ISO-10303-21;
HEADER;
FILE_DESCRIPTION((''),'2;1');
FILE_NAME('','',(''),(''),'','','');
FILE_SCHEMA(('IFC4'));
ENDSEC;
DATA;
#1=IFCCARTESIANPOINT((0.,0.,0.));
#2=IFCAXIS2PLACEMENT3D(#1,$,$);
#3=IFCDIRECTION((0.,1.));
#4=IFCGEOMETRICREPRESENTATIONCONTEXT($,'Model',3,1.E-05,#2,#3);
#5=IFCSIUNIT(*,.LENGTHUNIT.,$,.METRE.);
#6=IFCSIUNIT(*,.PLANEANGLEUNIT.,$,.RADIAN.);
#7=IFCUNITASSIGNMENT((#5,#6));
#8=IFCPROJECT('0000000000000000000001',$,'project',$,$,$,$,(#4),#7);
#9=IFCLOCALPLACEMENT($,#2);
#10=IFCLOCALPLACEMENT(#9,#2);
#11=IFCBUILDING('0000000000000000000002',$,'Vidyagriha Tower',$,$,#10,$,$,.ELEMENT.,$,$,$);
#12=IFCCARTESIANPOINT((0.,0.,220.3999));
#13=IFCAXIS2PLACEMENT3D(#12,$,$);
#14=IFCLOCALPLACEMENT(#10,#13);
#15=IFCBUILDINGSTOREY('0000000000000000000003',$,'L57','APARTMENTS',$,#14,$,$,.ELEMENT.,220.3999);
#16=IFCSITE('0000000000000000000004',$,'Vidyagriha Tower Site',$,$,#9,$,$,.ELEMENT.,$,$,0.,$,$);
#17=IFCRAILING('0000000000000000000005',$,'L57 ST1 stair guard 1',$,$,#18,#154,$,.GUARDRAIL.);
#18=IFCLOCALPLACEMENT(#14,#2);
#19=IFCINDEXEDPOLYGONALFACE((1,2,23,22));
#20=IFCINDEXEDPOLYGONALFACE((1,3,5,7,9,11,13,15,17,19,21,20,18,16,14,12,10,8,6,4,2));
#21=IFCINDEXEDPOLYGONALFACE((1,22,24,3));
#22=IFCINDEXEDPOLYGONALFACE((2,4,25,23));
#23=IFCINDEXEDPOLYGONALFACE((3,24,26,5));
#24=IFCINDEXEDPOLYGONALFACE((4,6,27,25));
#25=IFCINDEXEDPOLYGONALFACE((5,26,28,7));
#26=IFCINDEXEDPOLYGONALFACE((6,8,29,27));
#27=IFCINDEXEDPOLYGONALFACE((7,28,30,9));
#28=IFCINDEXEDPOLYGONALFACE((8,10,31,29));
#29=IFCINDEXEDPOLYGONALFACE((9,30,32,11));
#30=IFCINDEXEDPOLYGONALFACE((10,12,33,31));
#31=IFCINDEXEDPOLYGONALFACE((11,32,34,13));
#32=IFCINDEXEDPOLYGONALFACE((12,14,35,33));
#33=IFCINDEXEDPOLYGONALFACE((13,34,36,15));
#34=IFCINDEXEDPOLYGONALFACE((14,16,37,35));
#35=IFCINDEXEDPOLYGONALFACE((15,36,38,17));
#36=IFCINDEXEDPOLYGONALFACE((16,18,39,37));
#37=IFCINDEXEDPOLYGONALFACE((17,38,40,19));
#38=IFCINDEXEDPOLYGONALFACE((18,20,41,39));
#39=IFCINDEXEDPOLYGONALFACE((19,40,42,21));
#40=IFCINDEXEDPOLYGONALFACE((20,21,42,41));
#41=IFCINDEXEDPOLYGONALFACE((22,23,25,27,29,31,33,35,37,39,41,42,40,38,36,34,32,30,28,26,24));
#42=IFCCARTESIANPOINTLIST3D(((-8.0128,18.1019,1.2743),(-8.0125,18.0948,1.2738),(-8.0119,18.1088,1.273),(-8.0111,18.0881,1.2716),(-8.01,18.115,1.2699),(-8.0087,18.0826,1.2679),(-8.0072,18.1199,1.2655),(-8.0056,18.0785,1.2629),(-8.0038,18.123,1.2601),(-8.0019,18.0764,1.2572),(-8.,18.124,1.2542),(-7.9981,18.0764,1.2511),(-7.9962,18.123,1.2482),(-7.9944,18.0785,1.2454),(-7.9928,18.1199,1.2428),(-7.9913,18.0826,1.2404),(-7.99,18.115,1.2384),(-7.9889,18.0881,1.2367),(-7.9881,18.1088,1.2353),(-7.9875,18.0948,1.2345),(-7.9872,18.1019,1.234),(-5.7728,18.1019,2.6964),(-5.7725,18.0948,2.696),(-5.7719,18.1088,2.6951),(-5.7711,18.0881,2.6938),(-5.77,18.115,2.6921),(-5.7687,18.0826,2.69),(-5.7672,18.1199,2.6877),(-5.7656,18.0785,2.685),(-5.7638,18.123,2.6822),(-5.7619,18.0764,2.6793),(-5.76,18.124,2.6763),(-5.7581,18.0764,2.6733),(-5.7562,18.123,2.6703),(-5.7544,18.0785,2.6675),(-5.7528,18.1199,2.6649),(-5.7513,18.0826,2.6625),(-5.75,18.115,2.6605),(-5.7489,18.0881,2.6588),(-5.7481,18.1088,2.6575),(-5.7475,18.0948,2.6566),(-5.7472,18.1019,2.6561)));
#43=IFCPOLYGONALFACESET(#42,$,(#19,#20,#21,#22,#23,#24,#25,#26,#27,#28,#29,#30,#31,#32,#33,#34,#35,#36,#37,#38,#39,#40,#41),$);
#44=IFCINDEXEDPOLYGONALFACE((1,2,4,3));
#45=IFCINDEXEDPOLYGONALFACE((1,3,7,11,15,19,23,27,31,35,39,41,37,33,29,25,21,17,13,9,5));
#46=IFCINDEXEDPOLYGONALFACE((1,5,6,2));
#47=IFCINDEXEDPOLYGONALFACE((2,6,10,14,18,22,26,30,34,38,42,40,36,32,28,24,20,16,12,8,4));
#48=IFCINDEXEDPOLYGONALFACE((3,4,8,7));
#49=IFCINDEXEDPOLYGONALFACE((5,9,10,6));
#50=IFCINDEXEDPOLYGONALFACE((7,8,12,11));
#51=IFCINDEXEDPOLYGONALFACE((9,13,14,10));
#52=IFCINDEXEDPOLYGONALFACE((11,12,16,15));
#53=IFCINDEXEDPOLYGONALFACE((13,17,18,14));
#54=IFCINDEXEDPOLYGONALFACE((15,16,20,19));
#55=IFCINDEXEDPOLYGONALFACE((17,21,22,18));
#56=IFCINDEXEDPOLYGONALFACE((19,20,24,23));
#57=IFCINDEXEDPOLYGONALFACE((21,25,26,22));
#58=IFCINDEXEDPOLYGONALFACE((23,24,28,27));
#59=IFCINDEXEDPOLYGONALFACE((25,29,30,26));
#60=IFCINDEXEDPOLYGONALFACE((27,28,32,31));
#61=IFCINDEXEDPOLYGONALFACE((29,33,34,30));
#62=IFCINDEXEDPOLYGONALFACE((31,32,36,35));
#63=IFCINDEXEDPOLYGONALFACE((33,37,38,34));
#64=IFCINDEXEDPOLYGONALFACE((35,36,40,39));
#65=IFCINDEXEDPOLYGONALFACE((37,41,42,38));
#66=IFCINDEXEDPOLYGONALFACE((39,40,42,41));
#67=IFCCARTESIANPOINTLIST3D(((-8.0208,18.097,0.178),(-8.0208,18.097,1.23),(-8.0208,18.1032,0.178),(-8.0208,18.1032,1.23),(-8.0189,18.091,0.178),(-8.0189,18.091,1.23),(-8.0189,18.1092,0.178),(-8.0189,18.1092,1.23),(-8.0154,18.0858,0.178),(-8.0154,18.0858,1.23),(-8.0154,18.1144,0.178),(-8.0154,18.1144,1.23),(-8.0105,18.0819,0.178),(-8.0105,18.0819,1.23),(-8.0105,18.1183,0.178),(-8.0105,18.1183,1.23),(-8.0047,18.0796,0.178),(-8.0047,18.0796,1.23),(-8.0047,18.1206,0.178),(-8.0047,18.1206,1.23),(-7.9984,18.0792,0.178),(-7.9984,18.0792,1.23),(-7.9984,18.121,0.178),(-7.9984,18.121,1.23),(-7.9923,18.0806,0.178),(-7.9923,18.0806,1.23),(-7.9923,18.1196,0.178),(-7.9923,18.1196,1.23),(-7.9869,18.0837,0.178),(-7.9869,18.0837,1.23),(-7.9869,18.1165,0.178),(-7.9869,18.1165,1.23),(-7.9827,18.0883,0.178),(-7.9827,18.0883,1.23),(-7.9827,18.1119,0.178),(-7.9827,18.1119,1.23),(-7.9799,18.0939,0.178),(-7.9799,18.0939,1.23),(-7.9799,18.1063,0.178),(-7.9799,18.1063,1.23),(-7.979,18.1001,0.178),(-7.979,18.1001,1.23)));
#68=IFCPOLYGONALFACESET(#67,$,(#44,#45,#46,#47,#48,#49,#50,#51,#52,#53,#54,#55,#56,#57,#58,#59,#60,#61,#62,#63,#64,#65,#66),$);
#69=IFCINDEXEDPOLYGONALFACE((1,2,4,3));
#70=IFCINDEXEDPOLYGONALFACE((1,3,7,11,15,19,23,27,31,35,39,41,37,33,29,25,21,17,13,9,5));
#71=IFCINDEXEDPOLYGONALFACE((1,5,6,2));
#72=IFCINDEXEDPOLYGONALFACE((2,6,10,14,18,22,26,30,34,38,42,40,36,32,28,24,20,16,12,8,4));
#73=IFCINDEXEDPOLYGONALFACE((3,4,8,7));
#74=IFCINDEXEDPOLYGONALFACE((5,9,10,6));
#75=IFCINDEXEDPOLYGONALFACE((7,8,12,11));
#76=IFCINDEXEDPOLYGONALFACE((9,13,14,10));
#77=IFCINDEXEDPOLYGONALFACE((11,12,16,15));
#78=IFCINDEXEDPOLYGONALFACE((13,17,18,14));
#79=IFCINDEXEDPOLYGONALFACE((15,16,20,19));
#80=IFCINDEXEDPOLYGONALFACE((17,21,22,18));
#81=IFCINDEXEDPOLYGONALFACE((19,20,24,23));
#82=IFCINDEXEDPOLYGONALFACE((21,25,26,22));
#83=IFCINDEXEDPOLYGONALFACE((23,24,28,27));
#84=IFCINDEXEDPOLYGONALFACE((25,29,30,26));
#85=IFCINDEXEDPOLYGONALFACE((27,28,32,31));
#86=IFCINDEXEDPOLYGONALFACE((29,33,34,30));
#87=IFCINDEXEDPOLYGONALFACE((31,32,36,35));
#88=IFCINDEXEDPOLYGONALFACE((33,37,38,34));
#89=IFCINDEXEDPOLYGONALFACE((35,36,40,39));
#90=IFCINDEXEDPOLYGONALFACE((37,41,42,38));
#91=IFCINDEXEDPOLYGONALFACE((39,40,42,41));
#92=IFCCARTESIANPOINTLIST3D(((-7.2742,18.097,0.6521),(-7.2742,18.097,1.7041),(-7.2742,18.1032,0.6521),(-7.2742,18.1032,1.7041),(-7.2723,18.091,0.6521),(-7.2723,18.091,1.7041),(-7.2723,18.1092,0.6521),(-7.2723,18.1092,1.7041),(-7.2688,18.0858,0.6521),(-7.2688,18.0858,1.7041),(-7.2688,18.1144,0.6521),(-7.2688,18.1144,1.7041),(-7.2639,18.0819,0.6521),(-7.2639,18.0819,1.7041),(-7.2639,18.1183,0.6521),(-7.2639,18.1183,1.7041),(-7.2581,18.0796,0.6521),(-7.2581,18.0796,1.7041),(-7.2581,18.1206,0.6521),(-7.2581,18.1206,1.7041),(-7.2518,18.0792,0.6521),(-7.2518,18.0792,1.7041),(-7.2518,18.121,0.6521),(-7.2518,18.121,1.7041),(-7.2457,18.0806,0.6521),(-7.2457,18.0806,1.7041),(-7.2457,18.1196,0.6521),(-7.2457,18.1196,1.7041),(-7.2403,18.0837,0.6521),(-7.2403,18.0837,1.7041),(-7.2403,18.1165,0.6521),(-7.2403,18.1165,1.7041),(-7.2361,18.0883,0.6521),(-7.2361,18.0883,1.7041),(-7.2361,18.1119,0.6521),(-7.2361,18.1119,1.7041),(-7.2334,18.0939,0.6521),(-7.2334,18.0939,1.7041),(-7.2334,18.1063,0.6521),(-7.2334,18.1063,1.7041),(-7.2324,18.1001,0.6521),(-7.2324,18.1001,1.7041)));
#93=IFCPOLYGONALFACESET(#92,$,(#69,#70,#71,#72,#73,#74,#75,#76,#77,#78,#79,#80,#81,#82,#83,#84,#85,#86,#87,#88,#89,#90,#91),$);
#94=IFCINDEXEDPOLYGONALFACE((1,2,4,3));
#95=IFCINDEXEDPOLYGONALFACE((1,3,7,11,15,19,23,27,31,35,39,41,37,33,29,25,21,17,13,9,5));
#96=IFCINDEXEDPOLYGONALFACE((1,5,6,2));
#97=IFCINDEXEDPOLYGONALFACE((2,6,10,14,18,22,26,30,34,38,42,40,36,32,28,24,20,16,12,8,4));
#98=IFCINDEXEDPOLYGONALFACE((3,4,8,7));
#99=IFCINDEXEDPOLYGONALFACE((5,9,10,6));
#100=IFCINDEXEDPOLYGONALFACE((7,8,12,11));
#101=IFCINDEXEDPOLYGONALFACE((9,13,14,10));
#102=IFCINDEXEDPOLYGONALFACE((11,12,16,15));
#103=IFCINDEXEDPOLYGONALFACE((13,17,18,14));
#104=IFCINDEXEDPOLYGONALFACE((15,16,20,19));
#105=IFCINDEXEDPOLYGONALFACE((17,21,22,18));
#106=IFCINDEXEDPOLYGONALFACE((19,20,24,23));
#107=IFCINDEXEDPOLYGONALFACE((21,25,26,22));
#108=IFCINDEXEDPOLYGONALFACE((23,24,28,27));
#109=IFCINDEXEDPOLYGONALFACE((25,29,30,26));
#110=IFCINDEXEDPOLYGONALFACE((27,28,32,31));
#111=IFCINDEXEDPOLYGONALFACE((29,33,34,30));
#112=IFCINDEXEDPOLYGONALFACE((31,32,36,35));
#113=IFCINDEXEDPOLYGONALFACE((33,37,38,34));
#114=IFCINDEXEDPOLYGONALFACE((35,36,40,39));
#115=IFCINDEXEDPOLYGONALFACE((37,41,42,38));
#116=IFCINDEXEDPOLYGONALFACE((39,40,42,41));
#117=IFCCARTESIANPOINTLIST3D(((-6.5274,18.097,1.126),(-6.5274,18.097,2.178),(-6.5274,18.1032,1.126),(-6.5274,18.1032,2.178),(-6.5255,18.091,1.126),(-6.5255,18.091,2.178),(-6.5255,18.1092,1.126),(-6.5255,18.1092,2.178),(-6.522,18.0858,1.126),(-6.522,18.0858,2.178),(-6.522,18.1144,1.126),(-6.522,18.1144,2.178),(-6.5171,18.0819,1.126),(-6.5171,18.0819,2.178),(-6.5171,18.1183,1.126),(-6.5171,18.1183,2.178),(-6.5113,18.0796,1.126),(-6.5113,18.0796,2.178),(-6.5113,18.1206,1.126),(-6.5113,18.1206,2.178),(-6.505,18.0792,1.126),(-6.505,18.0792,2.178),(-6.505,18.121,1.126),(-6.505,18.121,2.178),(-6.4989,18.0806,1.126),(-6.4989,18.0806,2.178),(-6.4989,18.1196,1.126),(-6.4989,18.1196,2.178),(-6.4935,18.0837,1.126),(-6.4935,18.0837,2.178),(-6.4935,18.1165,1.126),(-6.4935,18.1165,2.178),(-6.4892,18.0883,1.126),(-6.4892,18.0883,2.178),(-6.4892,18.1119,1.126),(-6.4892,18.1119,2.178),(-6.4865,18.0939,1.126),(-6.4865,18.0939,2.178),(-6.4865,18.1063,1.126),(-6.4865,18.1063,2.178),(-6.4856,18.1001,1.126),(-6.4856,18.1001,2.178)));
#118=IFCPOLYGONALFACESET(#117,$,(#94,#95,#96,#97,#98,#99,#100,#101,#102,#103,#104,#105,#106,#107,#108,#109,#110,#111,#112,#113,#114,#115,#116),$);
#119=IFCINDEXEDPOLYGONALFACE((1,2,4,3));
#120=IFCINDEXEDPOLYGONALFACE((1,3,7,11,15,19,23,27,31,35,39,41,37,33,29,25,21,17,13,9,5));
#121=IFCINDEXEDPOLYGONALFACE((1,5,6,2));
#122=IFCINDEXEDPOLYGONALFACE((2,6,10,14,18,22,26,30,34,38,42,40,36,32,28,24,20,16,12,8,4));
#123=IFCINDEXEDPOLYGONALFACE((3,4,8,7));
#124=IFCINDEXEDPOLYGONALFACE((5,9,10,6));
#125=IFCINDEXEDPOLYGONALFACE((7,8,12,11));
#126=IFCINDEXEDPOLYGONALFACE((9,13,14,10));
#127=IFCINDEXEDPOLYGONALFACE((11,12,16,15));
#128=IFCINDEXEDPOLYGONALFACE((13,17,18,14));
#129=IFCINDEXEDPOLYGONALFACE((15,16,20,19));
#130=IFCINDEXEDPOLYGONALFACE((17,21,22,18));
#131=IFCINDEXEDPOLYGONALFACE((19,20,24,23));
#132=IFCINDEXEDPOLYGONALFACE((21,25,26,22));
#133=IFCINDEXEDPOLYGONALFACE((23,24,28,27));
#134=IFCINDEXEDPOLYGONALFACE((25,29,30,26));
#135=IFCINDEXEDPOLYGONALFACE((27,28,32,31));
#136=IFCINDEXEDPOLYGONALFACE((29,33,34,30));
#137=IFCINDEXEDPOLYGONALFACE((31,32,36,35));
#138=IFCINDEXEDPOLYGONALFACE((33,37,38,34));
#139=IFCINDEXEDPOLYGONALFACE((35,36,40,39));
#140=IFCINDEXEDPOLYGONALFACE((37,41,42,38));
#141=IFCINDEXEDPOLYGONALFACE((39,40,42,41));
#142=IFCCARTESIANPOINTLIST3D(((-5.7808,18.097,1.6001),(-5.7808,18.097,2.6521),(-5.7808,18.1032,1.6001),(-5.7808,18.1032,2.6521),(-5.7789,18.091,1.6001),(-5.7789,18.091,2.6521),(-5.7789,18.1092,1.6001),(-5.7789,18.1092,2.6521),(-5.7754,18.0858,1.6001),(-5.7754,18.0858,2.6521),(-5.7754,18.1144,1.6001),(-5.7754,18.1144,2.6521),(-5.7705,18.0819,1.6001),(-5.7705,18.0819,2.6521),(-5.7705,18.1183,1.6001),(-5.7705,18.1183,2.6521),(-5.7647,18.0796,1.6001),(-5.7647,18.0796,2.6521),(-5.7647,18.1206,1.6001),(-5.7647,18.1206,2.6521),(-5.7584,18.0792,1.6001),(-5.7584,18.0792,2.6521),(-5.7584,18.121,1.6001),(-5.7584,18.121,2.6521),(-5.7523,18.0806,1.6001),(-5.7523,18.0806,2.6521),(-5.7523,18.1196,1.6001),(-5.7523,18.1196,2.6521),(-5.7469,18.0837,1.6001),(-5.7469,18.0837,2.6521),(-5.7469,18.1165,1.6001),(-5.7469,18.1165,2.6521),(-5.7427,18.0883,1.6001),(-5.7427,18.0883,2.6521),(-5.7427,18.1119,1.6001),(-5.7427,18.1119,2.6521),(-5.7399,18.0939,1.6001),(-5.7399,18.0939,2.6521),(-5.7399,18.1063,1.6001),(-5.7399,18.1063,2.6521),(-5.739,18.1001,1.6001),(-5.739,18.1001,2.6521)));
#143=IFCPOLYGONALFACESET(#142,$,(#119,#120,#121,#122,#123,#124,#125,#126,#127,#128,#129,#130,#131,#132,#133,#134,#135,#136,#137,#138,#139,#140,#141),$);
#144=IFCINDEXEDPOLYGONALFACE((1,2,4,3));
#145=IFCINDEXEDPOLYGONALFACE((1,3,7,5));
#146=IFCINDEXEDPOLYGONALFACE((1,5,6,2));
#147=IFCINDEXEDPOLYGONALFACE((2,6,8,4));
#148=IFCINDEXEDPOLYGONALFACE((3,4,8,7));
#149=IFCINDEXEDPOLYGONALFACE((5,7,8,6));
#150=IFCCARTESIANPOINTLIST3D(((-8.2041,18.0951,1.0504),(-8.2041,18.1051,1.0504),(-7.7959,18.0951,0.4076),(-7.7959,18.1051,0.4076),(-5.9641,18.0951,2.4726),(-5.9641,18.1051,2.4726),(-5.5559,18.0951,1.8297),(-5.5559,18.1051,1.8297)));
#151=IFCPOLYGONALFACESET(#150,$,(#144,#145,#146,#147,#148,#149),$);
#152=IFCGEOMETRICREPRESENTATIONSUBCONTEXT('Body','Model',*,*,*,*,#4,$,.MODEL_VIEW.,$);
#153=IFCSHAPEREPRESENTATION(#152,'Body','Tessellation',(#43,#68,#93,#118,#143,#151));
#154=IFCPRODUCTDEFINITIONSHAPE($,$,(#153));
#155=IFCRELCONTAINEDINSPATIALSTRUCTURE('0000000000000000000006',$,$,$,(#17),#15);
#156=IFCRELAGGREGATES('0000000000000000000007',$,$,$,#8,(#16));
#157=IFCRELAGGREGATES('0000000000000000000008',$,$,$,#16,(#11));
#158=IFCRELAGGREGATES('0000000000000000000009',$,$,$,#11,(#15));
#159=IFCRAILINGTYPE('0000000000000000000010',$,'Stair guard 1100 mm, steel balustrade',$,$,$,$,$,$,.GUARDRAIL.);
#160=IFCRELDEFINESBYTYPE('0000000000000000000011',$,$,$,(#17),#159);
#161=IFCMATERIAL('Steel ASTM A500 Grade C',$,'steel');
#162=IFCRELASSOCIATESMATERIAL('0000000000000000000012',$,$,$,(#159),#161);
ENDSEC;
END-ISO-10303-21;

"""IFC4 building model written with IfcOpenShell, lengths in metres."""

from ifc_helpers import new_model, si_unit, direction, frame, origin, origin_2d, place, context, subcontext, project, spatial, rectangle, circle, extrude, material, type_object, element, save


model = new_model("IFC4")

# Units and contexts
model_context = context("Model", 3, precision=1e-05, world=origin(), true_north=direction((0.0, 1.0)))
body_context = subcontext(model_context, "Body", "Model", "MODEL_VIEW")
ifc_project = project(units=[si_unit("LENGTHUNIT", "METRE"), si_unit("PLANEANGLEUNIT", "RADIAN")], contexts=[model_context])

# Site, building, storey
site_placement = place(None, origin())
site = spatial("IfcSite", under=ifc_project, at=site_placement, Name="Vidyagriha Tower Site", CompositionType="ELEMENT", RefElevation=0.0)
building_placement = place(site_placement, origin())
building = spatial("IfcBuilding", under=site, at=building_placement, Name="Vidyagriha Tower", CompositionType="ELEMENT")
storey_placement = place(building_placement, frame((0.0, 0.0, 220.3999)))
storey = spatial("IfcBuildingStorey", under=building, at=storey_placement, Name="L57", Description="APARTMENTS", CompositionType="ELEMENT", Elevation=220.3999)

# Railing
ifc_material_1 = material(Name="Steel ASTM A500 Grade C", Category="steel")
railing_type_1 = type_object("IfcRailingType", Name="Stair guard 1100 mm, steel balustrade", PredefinedType="GUARDRAIL", material=ifc_material_1)
railing_1_placement = place(storey_placement, frame((-8.0, 18.1001, 0.178)))
element("IfcRailing", 1, at=railing_1_placement, inside=storey, type_object=railing_type_1, Name="L57 ST1 stair guard 1", PredefinedType="GUARDRAIL", context=body_context, shape_type="SweptSolid", body=[
    extrude(circle(Radius=0.0239, at=origin_2d()), frame((0.0, 0.0, 1.0762), z_axis=(0.844229, 0.0, 0.535982), x_axis=(0.0, 1.0, 0.0)), (0.0, 0.0, 1.0), 2.6533),
    extrude(circle(Radius=0.021, at=origin_2d()), origin(), (0.0, 0.0, 1.0), 1.052),
    extrude(circle(Radius=0.021, at=origin_2d()), frame((0.7466, 0.0, 0.4741)), (0.0, 0.0, 1.0), 1.052),
    extrude(circle(Radius=0.021, at=origin_2d()), frame((1.4934, 0.0, 0.948)), (0.0, 0.0, 1.0), 1.052),
    extrude(circle(Radius=0.021, at=origin_2d()), frame((2.24, 0.0, 1.4221)), (0.0, 0.0, 1.0), 1.052),
    extrude(rectangle(XDim=0.01, YDim=0.7615, at=origin_2d()), frame((0.0, 0.0, 0.551), z_axis=(0.844229, 0.0, 0.535982), x_axis=(0.0, 1.0, 0.0)), (0.0, 0.0, 1.0), 2.6533),
])

save(model, "model.ifc")
